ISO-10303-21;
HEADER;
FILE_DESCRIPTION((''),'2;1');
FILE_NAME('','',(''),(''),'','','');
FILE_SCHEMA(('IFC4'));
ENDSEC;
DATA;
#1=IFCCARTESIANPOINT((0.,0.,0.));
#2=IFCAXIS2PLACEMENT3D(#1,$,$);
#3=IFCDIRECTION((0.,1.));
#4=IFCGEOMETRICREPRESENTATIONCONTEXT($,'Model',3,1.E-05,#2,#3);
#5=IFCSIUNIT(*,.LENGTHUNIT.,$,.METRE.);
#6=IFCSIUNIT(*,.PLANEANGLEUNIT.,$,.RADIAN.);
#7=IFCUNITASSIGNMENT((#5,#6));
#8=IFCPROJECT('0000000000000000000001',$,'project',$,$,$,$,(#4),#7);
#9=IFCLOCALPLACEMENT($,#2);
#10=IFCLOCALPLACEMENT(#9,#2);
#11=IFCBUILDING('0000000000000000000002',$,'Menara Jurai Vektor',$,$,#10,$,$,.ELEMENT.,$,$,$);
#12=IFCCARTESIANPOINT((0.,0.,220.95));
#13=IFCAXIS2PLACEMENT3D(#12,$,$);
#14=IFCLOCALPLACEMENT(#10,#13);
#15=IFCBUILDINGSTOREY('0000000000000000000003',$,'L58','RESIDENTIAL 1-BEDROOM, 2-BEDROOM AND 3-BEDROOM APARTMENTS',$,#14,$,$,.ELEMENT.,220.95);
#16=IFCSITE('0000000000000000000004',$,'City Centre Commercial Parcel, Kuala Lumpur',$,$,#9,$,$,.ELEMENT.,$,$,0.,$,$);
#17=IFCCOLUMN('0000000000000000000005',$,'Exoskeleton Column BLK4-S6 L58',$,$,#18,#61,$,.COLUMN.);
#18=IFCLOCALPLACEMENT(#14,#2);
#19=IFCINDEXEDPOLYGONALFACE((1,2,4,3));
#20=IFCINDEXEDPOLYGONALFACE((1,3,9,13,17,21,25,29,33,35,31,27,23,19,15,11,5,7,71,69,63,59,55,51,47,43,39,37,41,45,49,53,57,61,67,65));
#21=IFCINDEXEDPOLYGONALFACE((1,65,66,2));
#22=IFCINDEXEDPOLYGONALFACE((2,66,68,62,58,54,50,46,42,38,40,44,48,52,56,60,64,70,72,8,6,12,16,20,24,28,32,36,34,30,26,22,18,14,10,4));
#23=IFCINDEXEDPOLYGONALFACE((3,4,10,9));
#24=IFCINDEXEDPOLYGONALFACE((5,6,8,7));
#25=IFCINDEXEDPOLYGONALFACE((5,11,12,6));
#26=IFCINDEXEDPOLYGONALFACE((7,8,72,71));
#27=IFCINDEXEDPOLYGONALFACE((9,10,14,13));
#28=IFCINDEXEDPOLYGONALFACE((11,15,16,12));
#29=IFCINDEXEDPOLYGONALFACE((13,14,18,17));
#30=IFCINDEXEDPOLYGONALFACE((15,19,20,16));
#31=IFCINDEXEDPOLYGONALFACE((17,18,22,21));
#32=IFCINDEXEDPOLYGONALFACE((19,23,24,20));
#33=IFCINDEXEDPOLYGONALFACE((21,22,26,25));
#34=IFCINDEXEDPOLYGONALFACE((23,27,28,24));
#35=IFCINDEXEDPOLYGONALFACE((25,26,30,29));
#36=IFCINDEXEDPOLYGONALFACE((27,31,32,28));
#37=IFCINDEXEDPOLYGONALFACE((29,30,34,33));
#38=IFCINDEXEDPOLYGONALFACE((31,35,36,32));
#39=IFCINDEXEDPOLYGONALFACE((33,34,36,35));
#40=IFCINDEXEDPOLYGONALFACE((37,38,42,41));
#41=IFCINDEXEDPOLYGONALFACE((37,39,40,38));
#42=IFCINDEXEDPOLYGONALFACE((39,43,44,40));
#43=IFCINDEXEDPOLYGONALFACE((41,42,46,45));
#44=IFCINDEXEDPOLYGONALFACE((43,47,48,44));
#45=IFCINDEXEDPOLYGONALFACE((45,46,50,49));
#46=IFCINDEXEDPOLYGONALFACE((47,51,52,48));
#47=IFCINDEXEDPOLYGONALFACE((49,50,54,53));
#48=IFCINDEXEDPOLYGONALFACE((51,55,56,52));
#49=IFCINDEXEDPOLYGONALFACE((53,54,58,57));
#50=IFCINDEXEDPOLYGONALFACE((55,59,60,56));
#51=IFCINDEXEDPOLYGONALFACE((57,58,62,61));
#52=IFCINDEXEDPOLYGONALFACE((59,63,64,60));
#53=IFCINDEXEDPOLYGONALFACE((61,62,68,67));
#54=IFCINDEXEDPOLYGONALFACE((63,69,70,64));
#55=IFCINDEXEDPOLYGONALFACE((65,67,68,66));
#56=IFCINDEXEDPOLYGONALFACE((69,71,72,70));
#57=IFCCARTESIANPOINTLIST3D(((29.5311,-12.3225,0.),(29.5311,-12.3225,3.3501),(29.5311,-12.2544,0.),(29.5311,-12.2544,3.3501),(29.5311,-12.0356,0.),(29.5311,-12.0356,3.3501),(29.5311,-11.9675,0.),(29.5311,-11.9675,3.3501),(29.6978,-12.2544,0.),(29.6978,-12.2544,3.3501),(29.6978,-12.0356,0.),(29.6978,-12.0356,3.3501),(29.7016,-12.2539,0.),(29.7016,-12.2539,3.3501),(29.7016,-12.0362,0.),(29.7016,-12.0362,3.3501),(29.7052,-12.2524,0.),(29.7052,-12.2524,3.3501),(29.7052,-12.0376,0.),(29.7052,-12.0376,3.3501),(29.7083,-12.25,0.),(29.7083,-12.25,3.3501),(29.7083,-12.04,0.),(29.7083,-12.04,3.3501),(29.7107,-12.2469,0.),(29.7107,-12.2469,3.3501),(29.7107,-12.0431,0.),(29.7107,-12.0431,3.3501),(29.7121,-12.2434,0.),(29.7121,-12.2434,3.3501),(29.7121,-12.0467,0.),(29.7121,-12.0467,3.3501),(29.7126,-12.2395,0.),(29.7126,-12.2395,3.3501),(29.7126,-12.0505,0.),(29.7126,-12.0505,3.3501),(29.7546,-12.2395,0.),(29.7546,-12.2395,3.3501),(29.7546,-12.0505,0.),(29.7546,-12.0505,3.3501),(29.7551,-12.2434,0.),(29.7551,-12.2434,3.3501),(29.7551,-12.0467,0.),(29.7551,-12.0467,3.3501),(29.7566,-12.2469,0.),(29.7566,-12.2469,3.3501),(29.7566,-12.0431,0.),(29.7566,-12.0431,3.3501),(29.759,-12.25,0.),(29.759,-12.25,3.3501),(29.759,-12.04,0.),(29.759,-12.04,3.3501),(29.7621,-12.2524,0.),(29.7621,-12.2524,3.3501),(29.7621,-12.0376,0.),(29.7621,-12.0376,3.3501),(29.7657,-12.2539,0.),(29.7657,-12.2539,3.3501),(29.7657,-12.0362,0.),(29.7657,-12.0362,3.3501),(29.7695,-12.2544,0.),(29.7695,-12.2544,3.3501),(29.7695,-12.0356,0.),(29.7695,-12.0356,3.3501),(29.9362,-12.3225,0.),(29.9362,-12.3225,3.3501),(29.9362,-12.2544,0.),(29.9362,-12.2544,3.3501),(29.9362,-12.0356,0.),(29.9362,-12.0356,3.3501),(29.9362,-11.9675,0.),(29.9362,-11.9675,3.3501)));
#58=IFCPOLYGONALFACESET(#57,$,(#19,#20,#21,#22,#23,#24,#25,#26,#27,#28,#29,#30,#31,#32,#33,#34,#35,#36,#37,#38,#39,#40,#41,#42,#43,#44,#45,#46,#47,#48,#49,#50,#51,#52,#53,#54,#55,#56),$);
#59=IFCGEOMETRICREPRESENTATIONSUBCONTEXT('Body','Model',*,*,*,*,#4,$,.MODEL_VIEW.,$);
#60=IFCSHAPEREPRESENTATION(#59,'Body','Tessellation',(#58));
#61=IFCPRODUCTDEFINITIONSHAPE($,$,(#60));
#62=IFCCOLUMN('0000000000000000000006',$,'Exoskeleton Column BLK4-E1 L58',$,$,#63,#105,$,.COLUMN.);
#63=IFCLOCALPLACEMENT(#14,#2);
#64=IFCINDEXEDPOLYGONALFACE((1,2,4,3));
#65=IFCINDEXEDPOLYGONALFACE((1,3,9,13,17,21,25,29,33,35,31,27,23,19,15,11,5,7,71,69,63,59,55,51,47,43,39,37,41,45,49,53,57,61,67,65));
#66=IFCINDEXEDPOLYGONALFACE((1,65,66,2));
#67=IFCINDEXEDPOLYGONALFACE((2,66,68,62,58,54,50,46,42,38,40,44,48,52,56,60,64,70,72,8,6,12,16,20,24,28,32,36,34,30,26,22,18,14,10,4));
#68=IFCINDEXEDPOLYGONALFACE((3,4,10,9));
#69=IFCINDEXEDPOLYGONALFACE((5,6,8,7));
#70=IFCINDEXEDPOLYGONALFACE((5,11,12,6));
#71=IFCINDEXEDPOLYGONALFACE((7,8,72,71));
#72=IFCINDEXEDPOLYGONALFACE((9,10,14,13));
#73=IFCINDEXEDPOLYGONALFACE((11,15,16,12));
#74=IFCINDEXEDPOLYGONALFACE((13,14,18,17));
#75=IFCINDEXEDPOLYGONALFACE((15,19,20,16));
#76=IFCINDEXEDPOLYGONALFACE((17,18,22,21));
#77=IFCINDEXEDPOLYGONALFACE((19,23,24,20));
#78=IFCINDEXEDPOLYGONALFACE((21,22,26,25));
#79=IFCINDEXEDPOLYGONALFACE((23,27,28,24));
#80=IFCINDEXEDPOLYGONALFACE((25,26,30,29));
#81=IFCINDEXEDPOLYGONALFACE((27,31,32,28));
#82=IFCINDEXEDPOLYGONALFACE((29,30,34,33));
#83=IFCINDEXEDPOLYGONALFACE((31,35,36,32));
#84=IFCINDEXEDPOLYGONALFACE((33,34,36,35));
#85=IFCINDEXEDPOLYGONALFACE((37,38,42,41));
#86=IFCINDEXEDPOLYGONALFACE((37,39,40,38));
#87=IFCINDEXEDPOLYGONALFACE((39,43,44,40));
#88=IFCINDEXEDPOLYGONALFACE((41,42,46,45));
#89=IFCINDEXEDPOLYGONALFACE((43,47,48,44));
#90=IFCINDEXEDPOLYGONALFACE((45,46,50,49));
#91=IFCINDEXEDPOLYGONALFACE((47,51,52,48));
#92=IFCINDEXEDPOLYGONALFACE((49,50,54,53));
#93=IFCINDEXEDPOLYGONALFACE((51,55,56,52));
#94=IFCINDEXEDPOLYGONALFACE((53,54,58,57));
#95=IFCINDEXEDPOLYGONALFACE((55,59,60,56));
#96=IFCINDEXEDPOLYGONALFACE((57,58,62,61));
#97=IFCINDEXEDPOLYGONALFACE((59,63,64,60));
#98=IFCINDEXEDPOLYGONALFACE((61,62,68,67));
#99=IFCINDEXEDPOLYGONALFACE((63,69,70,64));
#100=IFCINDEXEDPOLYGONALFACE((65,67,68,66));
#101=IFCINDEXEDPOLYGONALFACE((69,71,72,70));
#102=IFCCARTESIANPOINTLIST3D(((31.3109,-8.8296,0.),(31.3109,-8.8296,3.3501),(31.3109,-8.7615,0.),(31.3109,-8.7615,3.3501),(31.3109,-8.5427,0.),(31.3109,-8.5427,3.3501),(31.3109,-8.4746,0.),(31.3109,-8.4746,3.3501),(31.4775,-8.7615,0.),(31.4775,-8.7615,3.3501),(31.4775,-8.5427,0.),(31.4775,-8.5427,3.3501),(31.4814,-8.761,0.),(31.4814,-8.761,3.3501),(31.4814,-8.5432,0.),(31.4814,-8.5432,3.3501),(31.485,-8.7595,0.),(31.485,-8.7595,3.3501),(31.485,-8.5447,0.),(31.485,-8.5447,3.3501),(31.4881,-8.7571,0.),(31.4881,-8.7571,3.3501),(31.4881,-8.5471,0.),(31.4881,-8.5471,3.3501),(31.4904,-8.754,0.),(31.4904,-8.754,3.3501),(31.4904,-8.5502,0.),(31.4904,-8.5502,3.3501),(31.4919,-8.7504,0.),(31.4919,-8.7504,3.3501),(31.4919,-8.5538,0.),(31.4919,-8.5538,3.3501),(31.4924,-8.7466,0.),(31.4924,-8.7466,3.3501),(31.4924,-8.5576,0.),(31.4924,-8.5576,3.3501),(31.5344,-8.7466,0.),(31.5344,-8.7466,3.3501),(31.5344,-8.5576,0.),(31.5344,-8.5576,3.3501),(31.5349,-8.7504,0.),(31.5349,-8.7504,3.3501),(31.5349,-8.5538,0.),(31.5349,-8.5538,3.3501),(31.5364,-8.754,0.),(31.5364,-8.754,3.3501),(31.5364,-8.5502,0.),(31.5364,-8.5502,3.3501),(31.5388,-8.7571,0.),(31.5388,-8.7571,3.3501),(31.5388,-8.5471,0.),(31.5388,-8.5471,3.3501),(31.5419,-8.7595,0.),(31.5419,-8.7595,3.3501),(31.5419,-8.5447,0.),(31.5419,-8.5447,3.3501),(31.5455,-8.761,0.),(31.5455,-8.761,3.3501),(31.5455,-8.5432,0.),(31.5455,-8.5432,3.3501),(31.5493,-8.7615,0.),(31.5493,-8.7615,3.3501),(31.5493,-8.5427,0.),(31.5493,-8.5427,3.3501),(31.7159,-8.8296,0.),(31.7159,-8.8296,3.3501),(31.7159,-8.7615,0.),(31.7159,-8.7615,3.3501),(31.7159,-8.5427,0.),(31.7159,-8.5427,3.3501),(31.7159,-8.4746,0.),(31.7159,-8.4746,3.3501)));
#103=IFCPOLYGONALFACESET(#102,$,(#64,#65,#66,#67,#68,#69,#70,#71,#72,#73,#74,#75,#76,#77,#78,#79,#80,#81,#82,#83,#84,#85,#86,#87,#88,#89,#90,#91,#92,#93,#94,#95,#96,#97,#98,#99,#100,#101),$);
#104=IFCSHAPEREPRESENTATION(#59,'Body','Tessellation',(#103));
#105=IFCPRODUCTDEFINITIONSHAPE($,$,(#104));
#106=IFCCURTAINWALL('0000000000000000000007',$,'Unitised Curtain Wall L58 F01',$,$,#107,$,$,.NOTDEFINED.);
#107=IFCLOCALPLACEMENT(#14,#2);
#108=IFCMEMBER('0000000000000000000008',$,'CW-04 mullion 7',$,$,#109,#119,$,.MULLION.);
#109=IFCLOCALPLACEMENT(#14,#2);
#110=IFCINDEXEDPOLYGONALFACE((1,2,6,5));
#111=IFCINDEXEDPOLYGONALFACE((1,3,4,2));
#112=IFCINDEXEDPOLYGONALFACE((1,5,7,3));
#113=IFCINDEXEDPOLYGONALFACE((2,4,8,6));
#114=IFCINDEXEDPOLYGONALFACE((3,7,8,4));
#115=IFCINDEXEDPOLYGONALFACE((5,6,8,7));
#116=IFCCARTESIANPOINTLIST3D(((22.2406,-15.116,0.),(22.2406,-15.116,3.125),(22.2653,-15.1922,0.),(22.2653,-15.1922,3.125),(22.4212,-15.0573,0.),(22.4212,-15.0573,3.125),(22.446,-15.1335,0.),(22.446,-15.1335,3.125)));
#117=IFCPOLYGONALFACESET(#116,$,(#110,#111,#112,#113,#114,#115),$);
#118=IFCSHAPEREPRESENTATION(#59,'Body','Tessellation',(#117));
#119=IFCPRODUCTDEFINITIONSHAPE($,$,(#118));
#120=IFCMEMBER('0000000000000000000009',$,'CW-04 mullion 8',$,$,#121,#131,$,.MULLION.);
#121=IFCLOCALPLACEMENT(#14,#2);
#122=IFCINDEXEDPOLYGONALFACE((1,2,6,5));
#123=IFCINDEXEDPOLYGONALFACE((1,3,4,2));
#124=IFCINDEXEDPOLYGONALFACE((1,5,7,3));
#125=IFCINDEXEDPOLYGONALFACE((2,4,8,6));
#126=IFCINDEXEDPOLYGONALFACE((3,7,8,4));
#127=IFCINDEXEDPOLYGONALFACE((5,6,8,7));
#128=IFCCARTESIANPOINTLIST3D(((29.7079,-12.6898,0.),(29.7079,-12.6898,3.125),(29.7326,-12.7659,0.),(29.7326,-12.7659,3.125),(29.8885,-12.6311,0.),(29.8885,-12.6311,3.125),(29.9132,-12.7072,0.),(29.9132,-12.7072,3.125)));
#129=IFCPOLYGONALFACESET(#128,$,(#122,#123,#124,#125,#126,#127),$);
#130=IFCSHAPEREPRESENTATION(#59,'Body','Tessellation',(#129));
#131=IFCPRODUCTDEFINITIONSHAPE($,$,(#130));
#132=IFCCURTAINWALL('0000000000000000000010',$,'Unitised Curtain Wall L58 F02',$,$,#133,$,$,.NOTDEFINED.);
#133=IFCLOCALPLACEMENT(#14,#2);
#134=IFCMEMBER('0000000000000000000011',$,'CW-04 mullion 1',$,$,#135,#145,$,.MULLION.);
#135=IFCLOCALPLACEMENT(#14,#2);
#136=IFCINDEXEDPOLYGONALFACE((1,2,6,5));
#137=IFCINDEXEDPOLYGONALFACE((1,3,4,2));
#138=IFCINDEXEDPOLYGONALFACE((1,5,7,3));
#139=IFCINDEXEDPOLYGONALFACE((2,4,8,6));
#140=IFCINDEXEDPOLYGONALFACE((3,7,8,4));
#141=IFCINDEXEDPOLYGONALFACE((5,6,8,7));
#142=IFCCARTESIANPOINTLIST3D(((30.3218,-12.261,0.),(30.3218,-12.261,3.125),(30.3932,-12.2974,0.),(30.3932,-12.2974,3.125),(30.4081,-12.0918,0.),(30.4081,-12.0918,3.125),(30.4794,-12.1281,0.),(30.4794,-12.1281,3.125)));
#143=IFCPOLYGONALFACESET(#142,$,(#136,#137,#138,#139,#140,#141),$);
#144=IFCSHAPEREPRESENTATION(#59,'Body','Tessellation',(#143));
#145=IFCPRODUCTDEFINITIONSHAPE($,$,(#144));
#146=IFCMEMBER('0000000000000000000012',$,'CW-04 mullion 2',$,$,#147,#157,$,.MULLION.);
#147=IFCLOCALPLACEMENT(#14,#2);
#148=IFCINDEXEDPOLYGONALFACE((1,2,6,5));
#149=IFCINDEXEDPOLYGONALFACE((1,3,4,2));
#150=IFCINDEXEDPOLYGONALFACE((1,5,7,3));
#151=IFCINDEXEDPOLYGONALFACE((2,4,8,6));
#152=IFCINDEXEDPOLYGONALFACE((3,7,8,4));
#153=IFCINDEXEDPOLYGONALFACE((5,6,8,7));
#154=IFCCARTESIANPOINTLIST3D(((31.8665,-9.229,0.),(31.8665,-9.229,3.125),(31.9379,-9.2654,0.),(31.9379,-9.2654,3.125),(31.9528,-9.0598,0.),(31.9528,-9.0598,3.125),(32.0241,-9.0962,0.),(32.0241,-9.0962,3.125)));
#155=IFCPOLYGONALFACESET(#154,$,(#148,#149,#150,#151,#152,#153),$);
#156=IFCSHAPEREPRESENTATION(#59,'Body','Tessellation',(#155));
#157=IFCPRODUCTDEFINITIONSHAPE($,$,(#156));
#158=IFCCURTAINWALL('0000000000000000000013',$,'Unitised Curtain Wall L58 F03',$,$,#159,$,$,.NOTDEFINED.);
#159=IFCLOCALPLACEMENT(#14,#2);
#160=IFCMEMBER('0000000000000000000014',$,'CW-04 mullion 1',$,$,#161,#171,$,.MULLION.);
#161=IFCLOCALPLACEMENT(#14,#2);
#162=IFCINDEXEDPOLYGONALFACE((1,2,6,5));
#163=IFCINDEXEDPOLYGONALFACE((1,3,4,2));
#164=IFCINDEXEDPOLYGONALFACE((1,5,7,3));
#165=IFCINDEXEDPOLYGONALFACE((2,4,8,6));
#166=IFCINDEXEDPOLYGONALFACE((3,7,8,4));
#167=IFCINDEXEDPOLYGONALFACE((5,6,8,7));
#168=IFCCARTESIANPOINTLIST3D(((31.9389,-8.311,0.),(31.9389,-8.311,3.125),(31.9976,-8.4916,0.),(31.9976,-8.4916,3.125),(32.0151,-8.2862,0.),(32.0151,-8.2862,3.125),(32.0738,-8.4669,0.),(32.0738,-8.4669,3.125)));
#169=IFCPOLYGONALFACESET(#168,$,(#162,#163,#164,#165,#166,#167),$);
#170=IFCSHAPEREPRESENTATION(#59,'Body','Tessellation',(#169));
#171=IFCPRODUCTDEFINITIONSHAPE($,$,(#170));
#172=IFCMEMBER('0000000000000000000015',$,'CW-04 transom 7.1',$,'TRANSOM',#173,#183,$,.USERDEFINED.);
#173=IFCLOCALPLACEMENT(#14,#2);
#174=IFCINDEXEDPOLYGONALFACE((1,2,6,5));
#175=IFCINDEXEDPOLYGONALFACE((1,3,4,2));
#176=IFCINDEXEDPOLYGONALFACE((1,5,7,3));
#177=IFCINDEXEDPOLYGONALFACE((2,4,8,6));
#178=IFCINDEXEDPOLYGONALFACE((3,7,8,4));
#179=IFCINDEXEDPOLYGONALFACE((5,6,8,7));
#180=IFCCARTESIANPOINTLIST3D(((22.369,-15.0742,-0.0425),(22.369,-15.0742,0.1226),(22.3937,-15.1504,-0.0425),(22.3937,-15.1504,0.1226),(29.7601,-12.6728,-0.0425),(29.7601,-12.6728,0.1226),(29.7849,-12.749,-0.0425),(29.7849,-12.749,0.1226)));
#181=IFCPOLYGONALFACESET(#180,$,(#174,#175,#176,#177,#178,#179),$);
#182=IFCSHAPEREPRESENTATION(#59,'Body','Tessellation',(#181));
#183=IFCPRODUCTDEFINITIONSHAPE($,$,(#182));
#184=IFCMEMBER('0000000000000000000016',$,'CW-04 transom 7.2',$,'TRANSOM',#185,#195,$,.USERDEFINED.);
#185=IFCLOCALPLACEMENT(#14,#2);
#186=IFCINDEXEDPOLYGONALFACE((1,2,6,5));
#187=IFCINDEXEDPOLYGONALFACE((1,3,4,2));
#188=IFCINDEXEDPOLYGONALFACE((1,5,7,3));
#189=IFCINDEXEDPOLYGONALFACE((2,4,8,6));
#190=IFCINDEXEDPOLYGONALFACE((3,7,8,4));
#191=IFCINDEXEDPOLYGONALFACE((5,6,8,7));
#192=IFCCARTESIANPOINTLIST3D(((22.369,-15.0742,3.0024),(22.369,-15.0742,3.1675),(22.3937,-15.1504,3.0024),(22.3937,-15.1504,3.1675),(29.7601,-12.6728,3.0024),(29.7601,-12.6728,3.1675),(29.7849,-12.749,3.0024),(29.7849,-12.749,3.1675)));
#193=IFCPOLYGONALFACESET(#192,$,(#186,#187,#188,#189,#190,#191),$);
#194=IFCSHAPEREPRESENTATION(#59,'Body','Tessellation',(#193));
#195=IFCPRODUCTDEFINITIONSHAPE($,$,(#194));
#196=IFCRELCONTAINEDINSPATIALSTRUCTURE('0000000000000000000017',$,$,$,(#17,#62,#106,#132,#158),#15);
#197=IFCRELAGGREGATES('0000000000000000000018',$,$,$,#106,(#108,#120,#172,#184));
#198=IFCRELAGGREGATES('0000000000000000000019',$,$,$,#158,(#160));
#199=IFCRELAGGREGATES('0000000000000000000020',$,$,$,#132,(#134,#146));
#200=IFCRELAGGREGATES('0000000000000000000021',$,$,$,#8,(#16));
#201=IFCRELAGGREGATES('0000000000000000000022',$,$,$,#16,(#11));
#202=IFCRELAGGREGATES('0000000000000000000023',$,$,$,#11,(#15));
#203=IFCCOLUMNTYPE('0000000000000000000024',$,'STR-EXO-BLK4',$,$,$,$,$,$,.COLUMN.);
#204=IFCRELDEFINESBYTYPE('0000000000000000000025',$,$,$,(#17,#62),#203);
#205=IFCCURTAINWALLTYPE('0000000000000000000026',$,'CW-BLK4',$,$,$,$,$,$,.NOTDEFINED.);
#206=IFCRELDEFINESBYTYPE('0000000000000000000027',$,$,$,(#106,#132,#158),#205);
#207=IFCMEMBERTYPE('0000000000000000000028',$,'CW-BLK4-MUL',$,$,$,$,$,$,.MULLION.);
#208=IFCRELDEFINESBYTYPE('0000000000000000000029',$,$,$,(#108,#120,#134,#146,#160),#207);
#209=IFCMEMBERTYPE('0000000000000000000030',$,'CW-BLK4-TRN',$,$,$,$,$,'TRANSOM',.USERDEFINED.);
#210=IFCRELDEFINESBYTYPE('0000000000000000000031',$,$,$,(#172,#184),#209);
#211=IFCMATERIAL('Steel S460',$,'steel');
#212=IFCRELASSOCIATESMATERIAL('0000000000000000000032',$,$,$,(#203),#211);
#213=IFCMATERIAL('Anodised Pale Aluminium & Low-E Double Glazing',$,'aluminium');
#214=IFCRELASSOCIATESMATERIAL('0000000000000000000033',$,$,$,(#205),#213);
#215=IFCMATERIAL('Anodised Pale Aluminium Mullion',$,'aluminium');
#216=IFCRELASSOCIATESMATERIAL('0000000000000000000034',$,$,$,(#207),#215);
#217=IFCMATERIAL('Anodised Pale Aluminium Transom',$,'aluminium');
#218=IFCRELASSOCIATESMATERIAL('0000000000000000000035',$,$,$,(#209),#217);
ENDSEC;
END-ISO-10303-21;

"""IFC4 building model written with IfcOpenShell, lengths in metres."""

from ifc_helpers import new_model, si_unit, direction, frame, origin, origin_2d, place, context, subcontext, project, spatial, rectangle, i_section, extrude, material, material_profile, profile_set, type_object, element, aggregate, save


model = new_model("IFC4")

# Units and contexts
model_context = context("Model", 3, precision=1e-05, world=origin(), true_north=direction((0.0, 1.0)))
body_context = subcontext(model_context, "Body", "Model", "MODEL_VIEW")
ifc_project = project(units=[si_unit("LENGTHUNIT", "METRE"), si_unit("PLANEANGLEUNIT", "RADIAN")], contexts=[model_context])

# Site, building, storey
site_placement = place(None, origin())
site = spatial("IfcSite", under=ifc_project, at=site_placement, Name="City Centre Commercial Parcel, Kuala Lumpur", CompositionType="ELEMENT", RefElevation=0.0)
building_placement = place(site_placement, origin())
building = spatial("IfcBuilding", under=site, at=building_placement, Name="Menara Jurai Vektor", CompositionType="ELEMENT")
storey_placement = place(building_placement, frame((0.0, 0.0, 220.95)))
storey = spatial("IfcBuildingStorey", under=building, at=storey_placement, Name="L58", Description="RESIDENTIAL 1-BEDROOM, 2-BEDROOM AND 3-BEDROOM APARTMENTS", CompositionType="ELEMENT", Elevation=220.95)

# Columns
ifc_material_1 = material(Name="Steel S460", Category="steel")
ifc_material_profile_1 = material_profile(ifc_material_1, i_section(OverallWidth=0.405, OverallDepth=0.355, WebThickness=0.042, FlangeThickness=0.0681, FilletRadius=0.0149, at=origin_2d()), Name="HD 400x551")
ifc_profile_set_1 = profile_set([ifc_material_profile_1], Name="Steel S460")
column_type = type_object("IfcColumnType", Name="STR-EXO-BLK4", PredefinedType="COLUMN", material=ifc_profile_set_1)
for number, where, z_axis, x_axis, name in (
    (1, (29.7336, -12.145, 0.0), (0.0, 0.0, 1.0), (1.0, 0.0, 0.0), "Exoskeleton Column BLK4-S6 L58"),
    (2, (31.5134, -8.6521, 0.0), (0.0, 0.0, 1.0), (1.0, 0.0, 0.0), "Exoskeleton Column BLK4-E1 L58"),
):
    element("IfcColumn", number, at=place(storey_placement, frame(where, z_axis=z_axis, x_axis=x_axis)), inside=storey, type_object=column_type, Name=name, PredefinedType="COLUMN", context=body_context, shape_type="SweptSolid", body=[
        extrude(i_section(OverallWidth=0.405, OverallDepth=0.355, WebThickness=0.042, FlangeThickness=0.0681, FilletRadius=0.0149, at=origin_2d()), origin(), (0.0, 0.0, 1.0), 3.3501),
    ])

# Curtain walls, members
ifc_material_2 = material(Name="Anodised Pale Aluminium & Low-E Double Glazing", Category="aluminium")
curtain_wall_type = type_object("IfcCurtainWallType", Name="CW-BLK4", PredefinedType="NOTDEFINED", material=ifc_material_2)
curtain_wall_1_placement = place(storey_placement, origin())
curtain_wall_1 = element("IfcCurtainWall", 3, at=curtain_wall_1_placement, inside=storey, type_object=curtain_wall_type, Name="Unitised Curtain Wall L58 F01", PredefinedType="NOTDEFINED")
ifc_material_3 = material(Name="Anodised Pale Aluminium Mullion", Category="aluminium")
ifc_material_profile_2 = material_profile(ifc_material_3, rectangle(XDim=0.0801, YDim=0.1899, at=origin_2d()), Name="ALU MUL 80x190")
ifc_profile_set_2 = profile_set([ifc_material_profile_2], Name="Anodised Pale Aluminium Mullion")
member_type_1 = type_object("IfcMemberType", Name="CW-BLK4-MUL", PredefinedType="MULLION", material=ifc_profile_set_2)
member_1_placement = place(storey_placement, frame((22.3433, -15.1248, 0.0), z_axis=(0.0, 0.0, 1.0), x_axis=(-0.309017, 0.951056, 0.0)))
member_1 = element("IfcMember", 4, at=member_1_placement, type_object=member_type_1, Name="CW-04 mullion 7", PredefinedType="MULLION", context=body_context, shape_type="SweptSolid", body=[
    extrude(rectangle(XDim=0.0801, YDim=0.1899, at=origin_2d()), origin(), (0.0, 0.0, 1.0), 3.125),
])
member_2_placement = place(storey_placement, frame((29.8105, -12.6985, 0.0), z_axis=(0.0, 0.0, 1.0), x_axis=(-0.309017, 0.951056, 0.0)))
member_2 = element("IfcMember", 5, at=member_2_placement, type_object=member_type_1, Name="CW-04 mullion 8", PredefinedType="MULLION", context=body_context, shape_type="SweptSolid", body=[
    extrude(rectangle(XDim=0.0801, YDim=0.1899, at=origin_2d()), origin(), (0.0, 0.0, 1.0), 3.125),
])
curtain_wall_2_placement = place(storey_placement, origin())
curtain_wall_2 = element("IfcCurtainWall", 6, at=curtain_wall_2_placement, inside=storey, type_object=curtain_wall_type, Name="Unitised Curtain Wall L58 F02", PredefinedType="NOTDEFINED")
member_3_placement = place(storey_placement, frame((30.4006, -12.1946, 0.0), z_axis=(0.0, 0.0, 1.0), x_axis=(-0.891008, 0.453989, 0.0)))
member_3 = element("IfcMember", 7, at=member_3_placement, type_object=member_type_1, Name="CW-04 mullion 1", PredefinedType="MULLION", context=body_context, shape_type="SweptSolid", body=[
    extrude(rectangle(XDim=0.0801, YDim=0.1899, at=origin_2d()), origin(), (0.0, 0.0, 1.0), 3.125),
])
member_4_placement = place(storey_placement, frame((31.9453, -9.1626, 0.0), z_axis=(0.0, 0.0, 1.0), x_axis=(-0.891008, 0.453989, 0.0)))
member_4 = element("IfcMember", 8, at=member_4_placement, type_object=member_type_1, Name="CW-04 mullion 2", PredefinedType="MULLION", context=body_context, shape_type="SweptSolid", body=[
    extrude(rectangle(XDim=0.0801, YDim=0.1899, at=origin_2d()), origin(), (0.0, 0.0, 1.0), 3.125),
])

# Curtain wall, member
curtain_wall_3_placement = place(storey_placement, origin())
curtain_wall_3 = element("IfcCurtainWall", 9, at=curtain_wall_3_placement, inside=storey, type_object=curtain_wall_type, Name="Unitised Curtain Wall L58 F03", PredefinedType="NOTDEFINED")
member_5_placement = place(storey_placement, frame((32.0063, -8.3889, 0.0), z_axis=(0.0, 0.0, 1.0), x_axis=(-0.951057, -0.309016, 0.0)))
member_5 = element("IfcMember", 10, at=member_5_placement, type_object=member_type_1, Name="CW-04 mullion 1", PredefinedType="MULLION", context=body_context, shape_type="SweptSolid", body=[
    extrude(rectangle(XDim=0.0801, YDim=0.1899, at=origin_2d()), origin(), (0.0, 0.0, 1.0), 3.125),
])

# Members
ifc_material_4 = material(Name="Anodised Pale Aluminium Transom", Category="aluminium")
ifc_material_profile_3 = material_profile(ifc_material_4, rectangle(XDim=0.0801, YDim=0.165, at=origin_2d()), Name="ALU TRN 80x165")
ifc_profile_set_3 = profile_set([ifc_material_profile_3], Name="Anodised Pale Aluminium Transom")
member_type_2 = type_object("IfcMemberType", Name="CW-BLK4-TRN", ElementType="TRANSOM", PredefinedType="USERDEFINED", material=ifc_profile_set_3)
member_6_placement = place(storey_placement, frame((22.3813, -15.1123, 0.04), z_axis=(0.951062, 0.308999, 0.0), x_axis=(-0.308999, 0.951062, 0.0)))
member_6 = element("IfcMember", 11, at=member_6_placement, type_object=member_type_2, Name="CW-04 transom 7.1", ObjectType="TRANSOM", PredefinedType="USERDEFINED", context=body_context, shape_type="SweptSolid", body=[
    extrude(rectangle(XDim=0.0801, YDim=0.165, at=origin_2d()), origin(), (0.0, 0.0, 1.0), 7.7715),
])
member_7_placement = place(storey_placement, frame((22.3813, -15.1123, 3.085), z_axis=(0.951062, 0.308999, 0.0), x_axis=(-0.308999, 0.951062, 0.0)))
member_7 = element("IfcMember", 12, at=member_7_placement, type_object=member_type_2, Name="CW-04 transom 7.2", ObjectType="TRANSOM", PredefinedType="USERDEFINED", context=body_context, shape_type="SweptSolid", body=[
    extrude(rectangle(XDim=0.0801, YDim=0.165, at=origin_2d()), origin(), (0.0, 0.0, 1.0), 7.7715),
])

aggregate(curtain_wall_1, [member_1, member_2, member_6, member_7])
aggregate(curtain_wall_3, [member_5])
aggregate(curtain_wall_2, [member_3, member_4])

save(model, "model.ifc")
